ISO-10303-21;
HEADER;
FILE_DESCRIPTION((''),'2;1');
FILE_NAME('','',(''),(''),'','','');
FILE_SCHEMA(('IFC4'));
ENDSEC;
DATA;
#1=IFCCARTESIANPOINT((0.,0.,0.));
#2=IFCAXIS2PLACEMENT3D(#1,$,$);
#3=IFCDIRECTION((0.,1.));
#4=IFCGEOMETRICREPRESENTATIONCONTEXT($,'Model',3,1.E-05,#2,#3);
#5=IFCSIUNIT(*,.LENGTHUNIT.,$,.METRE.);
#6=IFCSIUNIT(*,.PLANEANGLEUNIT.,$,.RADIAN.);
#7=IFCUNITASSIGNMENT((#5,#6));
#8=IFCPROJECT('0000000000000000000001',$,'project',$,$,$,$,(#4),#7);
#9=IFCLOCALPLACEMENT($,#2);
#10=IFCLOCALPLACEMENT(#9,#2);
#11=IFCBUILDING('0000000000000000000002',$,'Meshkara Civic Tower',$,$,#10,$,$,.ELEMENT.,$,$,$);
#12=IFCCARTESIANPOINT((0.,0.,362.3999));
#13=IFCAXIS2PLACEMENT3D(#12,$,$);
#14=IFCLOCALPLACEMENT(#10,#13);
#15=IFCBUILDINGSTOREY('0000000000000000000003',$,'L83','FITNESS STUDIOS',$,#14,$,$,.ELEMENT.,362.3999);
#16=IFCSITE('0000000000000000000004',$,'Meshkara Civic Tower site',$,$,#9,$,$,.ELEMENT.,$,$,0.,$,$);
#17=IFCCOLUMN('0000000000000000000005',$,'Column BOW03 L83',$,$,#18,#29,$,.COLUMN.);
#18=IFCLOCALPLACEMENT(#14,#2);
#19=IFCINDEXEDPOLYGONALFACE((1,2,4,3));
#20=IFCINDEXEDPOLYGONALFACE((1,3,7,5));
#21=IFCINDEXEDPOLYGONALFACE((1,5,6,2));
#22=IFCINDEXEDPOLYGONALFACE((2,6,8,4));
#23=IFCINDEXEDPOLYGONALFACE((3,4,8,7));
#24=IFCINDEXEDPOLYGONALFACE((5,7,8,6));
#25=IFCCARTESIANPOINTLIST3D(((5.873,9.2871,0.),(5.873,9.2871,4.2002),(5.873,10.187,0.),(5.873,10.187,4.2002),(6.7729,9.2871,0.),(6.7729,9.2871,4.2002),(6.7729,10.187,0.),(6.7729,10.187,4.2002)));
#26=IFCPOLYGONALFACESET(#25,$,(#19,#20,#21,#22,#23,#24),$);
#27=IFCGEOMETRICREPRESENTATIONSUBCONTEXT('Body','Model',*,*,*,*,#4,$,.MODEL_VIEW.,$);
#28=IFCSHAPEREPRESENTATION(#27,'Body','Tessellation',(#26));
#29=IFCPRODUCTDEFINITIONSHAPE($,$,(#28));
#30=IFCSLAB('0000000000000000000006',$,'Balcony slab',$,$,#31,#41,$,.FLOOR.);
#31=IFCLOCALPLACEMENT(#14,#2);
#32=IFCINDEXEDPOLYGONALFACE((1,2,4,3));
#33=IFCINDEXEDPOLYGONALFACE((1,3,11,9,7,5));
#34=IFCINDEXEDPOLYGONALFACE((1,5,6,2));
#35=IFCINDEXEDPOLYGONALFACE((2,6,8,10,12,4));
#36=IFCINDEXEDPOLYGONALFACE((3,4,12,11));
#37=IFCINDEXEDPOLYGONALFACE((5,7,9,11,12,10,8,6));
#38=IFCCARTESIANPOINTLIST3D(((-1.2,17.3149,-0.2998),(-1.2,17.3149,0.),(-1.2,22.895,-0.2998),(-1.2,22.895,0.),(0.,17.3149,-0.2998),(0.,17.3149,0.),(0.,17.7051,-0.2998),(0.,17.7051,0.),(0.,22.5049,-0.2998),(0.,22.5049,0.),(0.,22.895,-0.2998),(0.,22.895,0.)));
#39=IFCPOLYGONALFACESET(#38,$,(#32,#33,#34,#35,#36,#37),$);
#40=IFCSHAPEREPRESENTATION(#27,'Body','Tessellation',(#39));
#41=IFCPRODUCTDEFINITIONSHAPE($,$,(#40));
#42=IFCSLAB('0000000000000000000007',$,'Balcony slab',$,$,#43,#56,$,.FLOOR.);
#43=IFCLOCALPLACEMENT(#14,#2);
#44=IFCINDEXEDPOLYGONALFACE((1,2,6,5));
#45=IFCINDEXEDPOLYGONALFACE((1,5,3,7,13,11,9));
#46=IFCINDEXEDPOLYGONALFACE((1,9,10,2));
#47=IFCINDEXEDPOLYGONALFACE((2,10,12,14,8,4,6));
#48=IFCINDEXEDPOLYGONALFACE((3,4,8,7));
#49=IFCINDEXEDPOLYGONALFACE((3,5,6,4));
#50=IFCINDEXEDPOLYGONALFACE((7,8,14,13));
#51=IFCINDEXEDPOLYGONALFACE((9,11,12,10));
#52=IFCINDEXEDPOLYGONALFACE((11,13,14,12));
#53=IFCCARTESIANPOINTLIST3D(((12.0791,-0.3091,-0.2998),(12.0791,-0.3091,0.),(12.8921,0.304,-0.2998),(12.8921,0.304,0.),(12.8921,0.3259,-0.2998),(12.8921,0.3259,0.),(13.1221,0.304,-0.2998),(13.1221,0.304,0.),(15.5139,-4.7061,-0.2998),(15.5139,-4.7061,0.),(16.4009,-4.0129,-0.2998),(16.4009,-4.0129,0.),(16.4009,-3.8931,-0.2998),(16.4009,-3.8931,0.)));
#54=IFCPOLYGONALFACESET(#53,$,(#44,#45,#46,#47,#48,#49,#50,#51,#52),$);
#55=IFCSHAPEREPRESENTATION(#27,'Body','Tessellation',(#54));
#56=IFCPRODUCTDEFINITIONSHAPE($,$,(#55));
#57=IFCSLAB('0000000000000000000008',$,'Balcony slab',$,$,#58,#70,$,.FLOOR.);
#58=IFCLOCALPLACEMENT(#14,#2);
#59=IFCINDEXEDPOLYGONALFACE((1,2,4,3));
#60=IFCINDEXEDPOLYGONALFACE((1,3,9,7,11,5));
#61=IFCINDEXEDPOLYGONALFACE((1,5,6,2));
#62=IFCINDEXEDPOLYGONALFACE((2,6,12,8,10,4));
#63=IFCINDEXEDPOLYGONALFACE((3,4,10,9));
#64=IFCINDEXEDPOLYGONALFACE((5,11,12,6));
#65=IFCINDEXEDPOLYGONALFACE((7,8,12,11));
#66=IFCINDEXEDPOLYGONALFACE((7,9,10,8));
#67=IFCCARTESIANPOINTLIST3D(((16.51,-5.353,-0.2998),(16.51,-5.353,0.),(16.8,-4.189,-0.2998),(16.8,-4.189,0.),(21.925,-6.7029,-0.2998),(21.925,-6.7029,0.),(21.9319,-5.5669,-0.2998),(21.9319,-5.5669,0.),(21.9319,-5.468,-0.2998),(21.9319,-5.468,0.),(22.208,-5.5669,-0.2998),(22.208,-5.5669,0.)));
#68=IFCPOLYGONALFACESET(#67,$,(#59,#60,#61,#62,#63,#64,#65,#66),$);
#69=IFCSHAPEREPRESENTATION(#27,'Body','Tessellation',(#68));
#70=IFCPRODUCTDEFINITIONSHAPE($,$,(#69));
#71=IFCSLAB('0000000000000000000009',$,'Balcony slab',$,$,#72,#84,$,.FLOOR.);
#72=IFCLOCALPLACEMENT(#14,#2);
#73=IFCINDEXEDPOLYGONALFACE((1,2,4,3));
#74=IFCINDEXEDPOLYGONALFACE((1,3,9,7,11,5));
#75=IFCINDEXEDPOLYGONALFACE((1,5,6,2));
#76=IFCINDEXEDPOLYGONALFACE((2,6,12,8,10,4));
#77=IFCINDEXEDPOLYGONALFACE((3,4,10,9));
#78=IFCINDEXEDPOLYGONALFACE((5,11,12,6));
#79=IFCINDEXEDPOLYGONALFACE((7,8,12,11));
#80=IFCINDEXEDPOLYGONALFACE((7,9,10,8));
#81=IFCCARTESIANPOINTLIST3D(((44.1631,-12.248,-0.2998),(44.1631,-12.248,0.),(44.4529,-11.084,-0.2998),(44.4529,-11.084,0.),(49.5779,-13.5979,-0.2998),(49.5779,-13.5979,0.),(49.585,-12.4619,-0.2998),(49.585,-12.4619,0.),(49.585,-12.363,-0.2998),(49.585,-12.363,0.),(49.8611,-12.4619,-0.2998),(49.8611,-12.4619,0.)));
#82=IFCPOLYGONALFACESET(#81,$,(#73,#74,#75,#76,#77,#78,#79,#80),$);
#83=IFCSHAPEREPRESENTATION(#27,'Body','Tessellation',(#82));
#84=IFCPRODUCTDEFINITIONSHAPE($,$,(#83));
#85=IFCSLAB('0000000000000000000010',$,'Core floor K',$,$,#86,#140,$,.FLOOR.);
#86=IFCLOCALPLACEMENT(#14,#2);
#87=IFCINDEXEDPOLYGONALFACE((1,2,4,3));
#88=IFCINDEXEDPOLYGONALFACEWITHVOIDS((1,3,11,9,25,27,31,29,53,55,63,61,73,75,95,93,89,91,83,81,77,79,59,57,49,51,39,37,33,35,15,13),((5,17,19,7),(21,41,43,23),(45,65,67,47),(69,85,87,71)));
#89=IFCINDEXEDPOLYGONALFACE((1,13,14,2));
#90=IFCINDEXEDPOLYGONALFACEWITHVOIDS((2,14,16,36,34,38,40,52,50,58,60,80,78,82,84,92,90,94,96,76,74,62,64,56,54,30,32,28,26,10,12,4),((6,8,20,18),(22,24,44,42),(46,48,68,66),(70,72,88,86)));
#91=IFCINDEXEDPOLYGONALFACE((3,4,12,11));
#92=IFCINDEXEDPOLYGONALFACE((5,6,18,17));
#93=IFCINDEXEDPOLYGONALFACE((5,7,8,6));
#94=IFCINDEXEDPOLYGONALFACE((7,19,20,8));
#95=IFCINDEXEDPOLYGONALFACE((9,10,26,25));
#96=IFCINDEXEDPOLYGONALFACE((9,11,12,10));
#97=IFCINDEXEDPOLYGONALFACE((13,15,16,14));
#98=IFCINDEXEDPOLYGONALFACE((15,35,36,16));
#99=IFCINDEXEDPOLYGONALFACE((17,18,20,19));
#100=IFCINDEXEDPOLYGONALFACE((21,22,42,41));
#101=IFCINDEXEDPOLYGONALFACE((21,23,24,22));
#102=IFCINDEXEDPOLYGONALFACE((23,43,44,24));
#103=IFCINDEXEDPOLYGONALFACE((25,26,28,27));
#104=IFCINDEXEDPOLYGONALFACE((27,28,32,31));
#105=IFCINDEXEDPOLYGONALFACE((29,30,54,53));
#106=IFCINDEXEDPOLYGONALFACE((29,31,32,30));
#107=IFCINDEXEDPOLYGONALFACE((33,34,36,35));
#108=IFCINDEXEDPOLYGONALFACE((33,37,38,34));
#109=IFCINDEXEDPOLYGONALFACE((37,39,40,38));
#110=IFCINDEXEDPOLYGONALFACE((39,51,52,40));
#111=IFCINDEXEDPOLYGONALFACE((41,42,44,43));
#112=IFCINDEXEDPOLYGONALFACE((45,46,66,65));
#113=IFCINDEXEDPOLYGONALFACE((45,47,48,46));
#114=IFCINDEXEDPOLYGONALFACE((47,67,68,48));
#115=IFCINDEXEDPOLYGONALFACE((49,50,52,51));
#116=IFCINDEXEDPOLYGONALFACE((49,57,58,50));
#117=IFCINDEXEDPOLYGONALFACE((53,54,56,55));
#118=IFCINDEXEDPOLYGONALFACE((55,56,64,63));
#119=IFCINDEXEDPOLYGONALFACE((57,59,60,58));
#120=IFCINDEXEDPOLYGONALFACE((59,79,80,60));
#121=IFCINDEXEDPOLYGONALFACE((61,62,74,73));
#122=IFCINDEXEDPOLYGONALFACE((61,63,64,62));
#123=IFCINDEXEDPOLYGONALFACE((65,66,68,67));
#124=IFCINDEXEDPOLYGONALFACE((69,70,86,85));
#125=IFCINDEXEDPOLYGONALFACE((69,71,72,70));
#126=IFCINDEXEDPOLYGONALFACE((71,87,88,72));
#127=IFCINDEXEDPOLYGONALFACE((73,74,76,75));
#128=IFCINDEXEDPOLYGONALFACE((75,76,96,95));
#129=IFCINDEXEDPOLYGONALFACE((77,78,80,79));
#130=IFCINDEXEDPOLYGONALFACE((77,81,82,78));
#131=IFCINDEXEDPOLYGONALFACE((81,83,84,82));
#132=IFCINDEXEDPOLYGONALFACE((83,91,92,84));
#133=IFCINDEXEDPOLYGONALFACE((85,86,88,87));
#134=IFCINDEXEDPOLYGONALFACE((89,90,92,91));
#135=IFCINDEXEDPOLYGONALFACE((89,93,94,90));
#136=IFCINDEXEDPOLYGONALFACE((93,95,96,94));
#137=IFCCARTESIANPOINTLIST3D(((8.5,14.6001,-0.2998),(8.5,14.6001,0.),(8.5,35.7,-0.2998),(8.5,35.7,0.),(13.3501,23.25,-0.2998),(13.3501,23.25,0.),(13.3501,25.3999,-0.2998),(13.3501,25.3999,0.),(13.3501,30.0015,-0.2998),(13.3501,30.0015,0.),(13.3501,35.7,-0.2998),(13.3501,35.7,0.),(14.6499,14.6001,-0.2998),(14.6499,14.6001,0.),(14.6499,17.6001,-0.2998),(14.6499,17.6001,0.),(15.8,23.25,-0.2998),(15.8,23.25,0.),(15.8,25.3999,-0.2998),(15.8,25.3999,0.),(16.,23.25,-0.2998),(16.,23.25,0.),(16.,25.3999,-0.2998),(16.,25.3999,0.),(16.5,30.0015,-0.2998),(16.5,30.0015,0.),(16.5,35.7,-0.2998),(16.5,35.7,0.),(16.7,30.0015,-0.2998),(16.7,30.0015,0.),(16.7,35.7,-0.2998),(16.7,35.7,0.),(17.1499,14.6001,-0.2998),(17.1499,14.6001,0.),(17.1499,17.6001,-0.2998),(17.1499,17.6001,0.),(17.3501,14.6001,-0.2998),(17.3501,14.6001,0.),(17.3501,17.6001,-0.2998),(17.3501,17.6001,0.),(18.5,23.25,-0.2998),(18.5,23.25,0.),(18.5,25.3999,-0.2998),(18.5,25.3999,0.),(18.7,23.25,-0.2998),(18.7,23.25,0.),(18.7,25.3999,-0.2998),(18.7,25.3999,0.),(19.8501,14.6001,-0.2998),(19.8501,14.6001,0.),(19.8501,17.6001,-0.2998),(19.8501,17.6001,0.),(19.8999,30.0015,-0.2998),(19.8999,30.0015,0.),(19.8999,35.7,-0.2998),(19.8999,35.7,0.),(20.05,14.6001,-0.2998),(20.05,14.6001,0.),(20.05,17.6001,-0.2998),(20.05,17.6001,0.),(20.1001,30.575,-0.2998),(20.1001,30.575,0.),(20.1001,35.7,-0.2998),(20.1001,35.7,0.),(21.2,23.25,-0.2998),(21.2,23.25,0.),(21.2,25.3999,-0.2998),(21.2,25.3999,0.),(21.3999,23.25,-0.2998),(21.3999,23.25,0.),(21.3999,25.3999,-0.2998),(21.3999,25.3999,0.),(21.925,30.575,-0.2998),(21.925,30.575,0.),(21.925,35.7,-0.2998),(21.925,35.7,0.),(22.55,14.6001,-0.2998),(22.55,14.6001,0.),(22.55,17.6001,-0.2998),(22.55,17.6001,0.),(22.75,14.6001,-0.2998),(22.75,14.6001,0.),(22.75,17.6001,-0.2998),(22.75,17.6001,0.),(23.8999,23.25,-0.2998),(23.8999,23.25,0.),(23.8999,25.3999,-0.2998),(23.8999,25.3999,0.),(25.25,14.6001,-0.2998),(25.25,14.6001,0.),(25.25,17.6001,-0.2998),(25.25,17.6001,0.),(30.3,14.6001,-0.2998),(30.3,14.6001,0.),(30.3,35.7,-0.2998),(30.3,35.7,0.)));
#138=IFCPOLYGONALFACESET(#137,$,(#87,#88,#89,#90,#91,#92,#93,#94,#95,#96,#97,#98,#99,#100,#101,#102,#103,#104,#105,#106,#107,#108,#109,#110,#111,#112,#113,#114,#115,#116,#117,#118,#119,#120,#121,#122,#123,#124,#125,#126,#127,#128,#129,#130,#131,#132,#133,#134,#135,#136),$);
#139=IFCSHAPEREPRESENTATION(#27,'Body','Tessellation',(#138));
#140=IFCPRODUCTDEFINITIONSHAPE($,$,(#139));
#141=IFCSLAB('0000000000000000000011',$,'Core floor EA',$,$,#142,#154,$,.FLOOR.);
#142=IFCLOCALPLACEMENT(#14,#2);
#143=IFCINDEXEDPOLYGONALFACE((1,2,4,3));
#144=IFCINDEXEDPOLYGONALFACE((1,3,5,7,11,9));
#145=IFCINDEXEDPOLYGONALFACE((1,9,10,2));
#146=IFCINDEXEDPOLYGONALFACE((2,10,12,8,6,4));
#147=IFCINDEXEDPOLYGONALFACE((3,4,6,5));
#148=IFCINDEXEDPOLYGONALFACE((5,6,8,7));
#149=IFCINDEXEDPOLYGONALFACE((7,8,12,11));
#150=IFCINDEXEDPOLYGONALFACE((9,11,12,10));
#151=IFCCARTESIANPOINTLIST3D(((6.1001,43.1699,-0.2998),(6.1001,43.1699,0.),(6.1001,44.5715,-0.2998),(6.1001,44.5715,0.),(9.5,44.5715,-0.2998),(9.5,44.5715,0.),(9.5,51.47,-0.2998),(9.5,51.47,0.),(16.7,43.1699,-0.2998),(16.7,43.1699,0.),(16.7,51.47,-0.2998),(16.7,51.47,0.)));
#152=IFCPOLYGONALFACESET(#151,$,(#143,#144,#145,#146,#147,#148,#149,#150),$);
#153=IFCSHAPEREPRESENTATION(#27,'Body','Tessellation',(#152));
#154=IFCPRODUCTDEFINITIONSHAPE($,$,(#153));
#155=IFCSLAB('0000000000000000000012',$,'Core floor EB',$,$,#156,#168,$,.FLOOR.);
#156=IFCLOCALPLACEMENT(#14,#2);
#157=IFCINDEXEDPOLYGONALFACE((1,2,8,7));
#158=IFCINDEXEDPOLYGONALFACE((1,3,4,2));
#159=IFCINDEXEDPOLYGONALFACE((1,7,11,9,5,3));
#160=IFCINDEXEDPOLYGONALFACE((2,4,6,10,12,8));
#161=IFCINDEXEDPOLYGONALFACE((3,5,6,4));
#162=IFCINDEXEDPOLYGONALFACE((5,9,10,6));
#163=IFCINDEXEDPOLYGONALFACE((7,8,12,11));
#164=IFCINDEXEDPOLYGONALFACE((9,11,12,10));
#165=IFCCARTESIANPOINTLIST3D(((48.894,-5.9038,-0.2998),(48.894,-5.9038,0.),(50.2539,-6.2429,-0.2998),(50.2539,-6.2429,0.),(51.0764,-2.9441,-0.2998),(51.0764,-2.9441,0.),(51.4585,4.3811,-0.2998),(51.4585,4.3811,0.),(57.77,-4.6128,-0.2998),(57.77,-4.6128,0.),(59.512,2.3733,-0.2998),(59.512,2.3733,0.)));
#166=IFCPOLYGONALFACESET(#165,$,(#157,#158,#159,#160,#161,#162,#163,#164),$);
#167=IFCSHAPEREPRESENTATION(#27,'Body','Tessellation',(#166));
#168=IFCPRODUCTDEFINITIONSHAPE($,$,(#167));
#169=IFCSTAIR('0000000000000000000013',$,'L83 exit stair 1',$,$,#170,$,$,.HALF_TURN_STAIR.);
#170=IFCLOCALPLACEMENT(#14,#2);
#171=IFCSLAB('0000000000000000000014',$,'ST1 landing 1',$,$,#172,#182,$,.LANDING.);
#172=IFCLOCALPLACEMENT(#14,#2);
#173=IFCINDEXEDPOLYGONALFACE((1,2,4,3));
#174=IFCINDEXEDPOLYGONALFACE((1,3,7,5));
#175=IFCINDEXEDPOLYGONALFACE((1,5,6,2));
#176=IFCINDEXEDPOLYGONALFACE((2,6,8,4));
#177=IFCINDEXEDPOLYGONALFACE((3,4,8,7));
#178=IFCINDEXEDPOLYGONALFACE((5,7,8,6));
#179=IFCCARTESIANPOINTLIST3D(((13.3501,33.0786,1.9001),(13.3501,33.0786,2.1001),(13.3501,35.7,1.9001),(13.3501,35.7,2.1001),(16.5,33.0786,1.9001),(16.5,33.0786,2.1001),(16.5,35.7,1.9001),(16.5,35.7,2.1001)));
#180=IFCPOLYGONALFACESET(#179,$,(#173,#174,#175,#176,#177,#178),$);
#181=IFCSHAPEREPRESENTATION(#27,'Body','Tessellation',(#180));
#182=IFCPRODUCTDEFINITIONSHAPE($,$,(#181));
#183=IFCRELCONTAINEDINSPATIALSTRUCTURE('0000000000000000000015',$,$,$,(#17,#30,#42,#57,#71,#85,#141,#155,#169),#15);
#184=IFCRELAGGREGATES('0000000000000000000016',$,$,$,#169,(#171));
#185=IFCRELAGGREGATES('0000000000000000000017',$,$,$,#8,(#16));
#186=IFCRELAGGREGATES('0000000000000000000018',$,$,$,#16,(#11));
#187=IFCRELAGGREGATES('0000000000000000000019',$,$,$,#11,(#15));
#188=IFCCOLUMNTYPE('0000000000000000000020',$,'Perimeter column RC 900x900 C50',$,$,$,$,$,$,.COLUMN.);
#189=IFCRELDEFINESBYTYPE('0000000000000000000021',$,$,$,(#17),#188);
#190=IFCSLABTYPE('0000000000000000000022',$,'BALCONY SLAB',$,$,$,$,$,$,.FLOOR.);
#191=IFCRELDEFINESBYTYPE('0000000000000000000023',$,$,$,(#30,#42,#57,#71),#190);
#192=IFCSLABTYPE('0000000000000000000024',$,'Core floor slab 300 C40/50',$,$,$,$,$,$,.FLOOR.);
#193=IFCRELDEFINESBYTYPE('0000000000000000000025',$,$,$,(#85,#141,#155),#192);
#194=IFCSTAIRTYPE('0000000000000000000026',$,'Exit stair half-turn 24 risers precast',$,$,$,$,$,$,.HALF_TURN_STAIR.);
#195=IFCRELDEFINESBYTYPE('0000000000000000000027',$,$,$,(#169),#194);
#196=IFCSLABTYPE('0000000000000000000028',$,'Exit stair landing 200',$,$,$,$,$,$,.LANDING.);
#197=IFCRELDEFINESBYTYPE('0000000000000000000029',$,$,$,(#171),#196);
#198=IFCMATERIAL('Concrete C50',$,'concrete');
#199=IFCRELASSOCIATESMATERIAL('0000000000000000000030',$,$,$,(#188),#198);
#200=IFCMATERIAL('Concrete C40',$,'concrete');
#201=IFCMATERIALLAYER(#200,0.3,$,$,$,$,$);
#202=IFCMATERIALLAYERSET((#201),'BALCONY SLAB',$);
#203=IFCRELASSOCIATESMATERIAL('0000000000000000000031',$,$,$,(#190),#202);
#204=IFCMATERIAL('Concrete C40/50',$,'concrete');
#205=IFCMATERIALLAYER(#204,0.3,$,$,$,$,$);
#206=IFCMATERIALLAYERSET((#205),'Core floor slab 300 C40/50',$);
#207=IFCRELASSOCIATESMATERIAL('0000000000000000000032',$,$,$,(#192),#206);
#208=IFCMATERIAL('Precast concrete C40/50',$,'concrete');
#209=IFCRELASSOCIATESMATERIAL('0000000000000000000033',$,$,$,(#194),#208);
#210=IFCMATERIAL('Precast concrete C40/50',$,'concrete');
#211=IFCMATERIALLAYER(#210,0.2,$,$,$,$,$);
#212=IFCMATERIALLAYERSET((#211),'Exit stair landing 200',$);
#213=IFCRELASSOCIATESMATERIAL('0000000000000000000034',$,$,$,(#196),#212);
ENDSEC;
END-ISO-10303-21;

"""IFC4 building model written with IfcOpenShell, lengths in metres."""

from ifc_helpers import new_model, si_unit, direction, frame, origin, origin_2d, place, context, subcontext, project, spatial, polyline, rectangle, outline, extrude, material, layer, layer_set, material_profile, profile_set, type_object, element, aggregate, save


model = new_model("IFC4")

# Units and contexts
model_context = context("Model", 3, precision=1e-05, world=origin(), true_north=direction((0.0, 1.0)))
body_context = subcontext(model_context, "Body", "Model", "MODEL_VIEW")
ifc_project = project(units=[si_unit("LENGTHUNIT", "METRE"), si_unit("PLANEANGLEUNIT", "RADIAN")], contexts=[model_context])

# Site, building, storey
site_placement = place(None, origin())
site = spatial("IfcSite", under=ifc_project, at=site_placement, Name="Meshkara Civic Tower site", CompositionType="ELEMENT", RefElevation=0.0)
building_placement = place(site_placement, origin())
building = spatial("IfcBuilding", under=site, at=building_placement, Name="Meshkara Civic Tower", CompositionType="ELEMENT")
storey_placement = place(building_placement, frame((0.0, 0.0, 362.3999)))
storey = spatial("IfcBuildingStorey", under=building, at=storey_placement, Name="L83", Description="FITNESS STUDIOS", CompositionType="ELEMENT", Elevation=362.3999)

# Column
ifc_material_1 = material(Name="Concrete C50", Category="concrete")
ifc_material_profile = material_profile(ifc_material_1, rectangle(XDim=0.8999, YDim=0.8999, at=origin_2d()))
ifc_profile_set = profile_set([ifc_material_profile], Name="Concrete C50")
column_type = type_object("IfcColumnType", Name="Perimeter column RC 900x900 C50", PredefinedType="COLUMN", material=ifc_profile_set)
column_placement = place(storey_placement, frame((6.323, 9.7371, 0.0), z_axis=(0.0, 0.0, 1.0), x_axis=(1.0, 0.0, 0.0)))
element("IfcColumn", 1, at=column_placement, inside=storey, type_object=column_type, Name="Column BOW03 L83", PredefinedType="COLUMN", context=body_context, shape_type="SweptSolid", body=[
    extrude(rectangle(XDim=0.8999, YDim=0.8999, at=origin_2d()), origin(), (0.0, 0.0, 1.0), 4.2002),
])

# Slabs
ifc_material_2 = material(Name="Concrete C40", Category="concrete")
ifc_layer_1 = layer(ifc_material_2, 0.3)
ifc_layer_set_1 = layer_set([ifc_layer_1], Name="BALCONY SLAB")
slab_type_1 = type_object("IfcSlabType", Name="BALCONY SLAB", PredefinedType="FLOOR", material=ifc_layer_set_1)
slab_1_placement = place(storey_placement, frame((0.0, 0.0, -0.2998)))
element("IfcSlab", 2, at=slab_1_placement, inside=storey, type_object=slab_type_1, Name="Balcony slab", PredefinedType="FLOOR", context=body_context, shape_type="SweptSolid", body=[
    extrude(outline(polyline([(0.0, 17.7051), (0.0, 17.3149), (-1.2, 17.3149), (-1.2, 22.895), (0.0, 22.895), (0.0, 22.5049), (0.0, 17.7051)])), origin(), (0.0, 0.0, 1.0), 0.2998),
])
slab_2_placement = place(storey_placement, frame((0.0, 0.0, -0.2998)))
element("IfcSlab", 3, at=slab_2_placement, inside=storey, type_object=slab_type_1, Name="Balcony slab", PredefinedType="FLOOR", context=body_context, shape_type="SweptSolid", body=[
    extrude(outline(polyline([(15.5139, -4.7061), (12.0791, -0.3091), (12.8921, 0.3259), (12.8921, 0.304), (13.1221, 0.304), (16.4009, -3.8931), (16.4009, -4.0129), (15.5139, -4.7061)])), origin(), (0.0, 0.0, 1.0), 0.2998),
])
slab_3_placement = place(storey_placement, frame((0.0, 0.0, -0.2998)))
element("IfcSlab", 4, at=slab_3_placement, inside=storey, type_object=slab_type_1, Name="Balcony slab", PredefinedType="FLOOR", context=body_context, shape_type="SweptSolid", body=[
    extrude(outline(polyline([(21.925, -6.7029), (16.51, -5.353), (16.8, -4.189), (21.9319, -5.468), (21.9319, -5.5669), (22.208, -5.5669), (21.925, -6.7029)])), origin(), (0.0, 0.0, 1.0), 0.2998),
])
slab_4_placement = place(storey_placement, frame((0.0, 0.0, -0.2998)))
element("IfcSlab", 5, at=slab_4_placement, inside=storey, type_object=slab_type_1, Name="Balcony slab", PredefinedType="FLOOR", context=body_context, shape_type="SweptSolid", body=[
    extrude(outline(polyline([(49.5779, -13.5979), (44.1631, -12.248), (44.4529, -11.084), (49.585, -12.363), (49.585, -12.4619), (49.8611, -12.4619), (49.5779, -13.5979)])), origin(), (0.0, 0.0, 1.0), 0.2998),
])
ifc_material_3 = material(Name="Concrete C40/50", Category="concrete")
ifc_layer_2 = layer(ifc_material_3, 0.3)
ifc_layer_set_2 = layer_set([ifc_layer_2], Name="Core floor slab 300 C40/50")
slab_type_2 = type_object("IfcSlabType", Name="Core floor slab 300 C40/50", PredefinedType="FLOOR", material=ifc_layer_set_2)
slab_5_placement = place(storey_placement, frame((0.0, 0.0, -0.2998)))
element("IfcSlab", 6, at=slab_5_placement, inside=storey, type_object=slab_type_2, Name="Core floor K", PredefinedType="FLOOR", context=body_context, shape_type="SweptSolid", body=[
    extrude(outline(polyline([(8.5, 35.7), (13.3501, 35.7), (13.3501, 30.0015), (16.5, 30.0015), (16.5, 35.7), (16.7, 35.7), (16.7, 30.0015), (19.8999, 30.0015), (19.8999, 35.7), (20.1001, 35.7), (20.1001, 30.575), (21.925, 30.575), (21.925, 35.7), (30.3, 35.7), (30.3, 14.6001), (25.25, 14.6001), (25.25, 17.6001), (22.75, 17.6001), (22.75, 14.6001), (22.55, 14.6001), (22.55, 17.6001), (20.05, 17.6001), (20.05, 14.6001), (19.8501, 14.6001), (19.8501, 17.6001), (17.3501, 17.6001), (17.3501, 14.6001), (17.1499, 14.6001), (17.1499, 17.6001), (14.6499, 17.6001), (14.6499, 14.6001), (8.5, 14.6001), (8.5, 35.7)]), holes=[polyline([(13.3501, 23.25), (15.8, 23.25), (15.8, 25.3999), (13.3501, 25.3999), (13.3501, 23.25)]), polyline([(18.5, 23.25), (18.5, 25.3999), (16.0, 25.3999), (16.0, 23.25), (18.5, 23.25)]), polyline([(18.7, 23.25), (21.2, 23.25), (21.2, 25.3999), (18.7, 25.3999), (18.7, 23.25)]), polyline([(23.8999, 23.25), (23.8999, 25.3999), (21.3999, 25.3999), (21.3999, 23.25), (23.8999, 23.25)])]), origin(), (0.0, 0.0, 1.0), 0.2998),
])
slab_6_placement = place(storey_placement, frame((0.0, 0.0, -0.2998)))
element("IfcSlab", 7, at=slab_6_placement, inside=storey, type_object=slab_type_2, Name="Core floor EA", PredefinedType="FLOOR", context=body_context, shape_type="SweptSolid", body=[
    extrude(outline(polyline([(16.7, 43.1699), (16.7, 51.47), (9.5, 51.47), (9.5, 44.5715), (6.1001, 44.5715), (6.1001, 43.1699), (16.7, 43.1699)])), origin(), (0.0, 0.0, 1.0), 0.2998),
])
slab_7_placement = place(storey_placement, frame((0.0, 0.0, -0.2998)))
element("IfcSlab", 8, at=slab_7_placement, inside=storey, type_object=slab_type_2, Name="Core floor EB", PredefinedType="FLOOR", context=body_context, shape_type="SweptSolid", body=[
    extrude(outline(polyline([(51.4585, 4.3811), (59.512, 2.3733), (57.77, -4.6128), (51.0764, -2.9441), (50.2539, -6.2429), (48.894, -5.9038), (51.4585, 4.3811)])), origin(), (0.0, 0.0, 1.0), 0.2998),
])

# Stair, slab
ifc_material_4 = material(Name="Precast concrete C40/50", Category="concrete")
stair_type = type_object("IfcStairType", Name="Exit stair half-turn 24 risers precast", PredefinedType="HALF_TURN_STAIR", material=ifc_material_4)
stair_1_placement = place(storey_placement, origin())
stair_1 = element("IfcStair", 9, at=stair_1_placement, inside=storey, type_object=stair_type, Name="L83 exit stair 1", PredefinedType="HALF_TURN_STAIR")
ifc_material_5 = material(Name="Precast concrete C40/50", Category="concrete")
ifc_layer_3 = layer(ifc_material_5, 0.2)
ifc_layer_set_3 = layer_set([ifc_layer_3], Name="Exit stair landing 200")
slab_type_3 = type_object("IfcSlabType", Name="Exit stair landing 200", PredefinedType="LANDING", material=ifc_layer_set_3)
slab_8_placement = place(storey_placement, frame((0.0, 0.0, 1.9001)))
slab_8 = element("IfcSlab", 10, at=slab_8_placement, type_object=slab_type_3, Name="ST1 landing 1", PredefinedType="LANDING", context=body_context, shape_type="SweptSolid", body=[
    extrude(outline(polyline([(16.5, 33.0786), (16.5, 35.7), (13.3501, 35.7), (13.3501, 33.0786), (16.5, 33.0786)])), origin(), (0.0, 0.0, 1.0), 0.2),
])
aggregate(stair_1, [slab_8])

save(model, "model.ifc")
